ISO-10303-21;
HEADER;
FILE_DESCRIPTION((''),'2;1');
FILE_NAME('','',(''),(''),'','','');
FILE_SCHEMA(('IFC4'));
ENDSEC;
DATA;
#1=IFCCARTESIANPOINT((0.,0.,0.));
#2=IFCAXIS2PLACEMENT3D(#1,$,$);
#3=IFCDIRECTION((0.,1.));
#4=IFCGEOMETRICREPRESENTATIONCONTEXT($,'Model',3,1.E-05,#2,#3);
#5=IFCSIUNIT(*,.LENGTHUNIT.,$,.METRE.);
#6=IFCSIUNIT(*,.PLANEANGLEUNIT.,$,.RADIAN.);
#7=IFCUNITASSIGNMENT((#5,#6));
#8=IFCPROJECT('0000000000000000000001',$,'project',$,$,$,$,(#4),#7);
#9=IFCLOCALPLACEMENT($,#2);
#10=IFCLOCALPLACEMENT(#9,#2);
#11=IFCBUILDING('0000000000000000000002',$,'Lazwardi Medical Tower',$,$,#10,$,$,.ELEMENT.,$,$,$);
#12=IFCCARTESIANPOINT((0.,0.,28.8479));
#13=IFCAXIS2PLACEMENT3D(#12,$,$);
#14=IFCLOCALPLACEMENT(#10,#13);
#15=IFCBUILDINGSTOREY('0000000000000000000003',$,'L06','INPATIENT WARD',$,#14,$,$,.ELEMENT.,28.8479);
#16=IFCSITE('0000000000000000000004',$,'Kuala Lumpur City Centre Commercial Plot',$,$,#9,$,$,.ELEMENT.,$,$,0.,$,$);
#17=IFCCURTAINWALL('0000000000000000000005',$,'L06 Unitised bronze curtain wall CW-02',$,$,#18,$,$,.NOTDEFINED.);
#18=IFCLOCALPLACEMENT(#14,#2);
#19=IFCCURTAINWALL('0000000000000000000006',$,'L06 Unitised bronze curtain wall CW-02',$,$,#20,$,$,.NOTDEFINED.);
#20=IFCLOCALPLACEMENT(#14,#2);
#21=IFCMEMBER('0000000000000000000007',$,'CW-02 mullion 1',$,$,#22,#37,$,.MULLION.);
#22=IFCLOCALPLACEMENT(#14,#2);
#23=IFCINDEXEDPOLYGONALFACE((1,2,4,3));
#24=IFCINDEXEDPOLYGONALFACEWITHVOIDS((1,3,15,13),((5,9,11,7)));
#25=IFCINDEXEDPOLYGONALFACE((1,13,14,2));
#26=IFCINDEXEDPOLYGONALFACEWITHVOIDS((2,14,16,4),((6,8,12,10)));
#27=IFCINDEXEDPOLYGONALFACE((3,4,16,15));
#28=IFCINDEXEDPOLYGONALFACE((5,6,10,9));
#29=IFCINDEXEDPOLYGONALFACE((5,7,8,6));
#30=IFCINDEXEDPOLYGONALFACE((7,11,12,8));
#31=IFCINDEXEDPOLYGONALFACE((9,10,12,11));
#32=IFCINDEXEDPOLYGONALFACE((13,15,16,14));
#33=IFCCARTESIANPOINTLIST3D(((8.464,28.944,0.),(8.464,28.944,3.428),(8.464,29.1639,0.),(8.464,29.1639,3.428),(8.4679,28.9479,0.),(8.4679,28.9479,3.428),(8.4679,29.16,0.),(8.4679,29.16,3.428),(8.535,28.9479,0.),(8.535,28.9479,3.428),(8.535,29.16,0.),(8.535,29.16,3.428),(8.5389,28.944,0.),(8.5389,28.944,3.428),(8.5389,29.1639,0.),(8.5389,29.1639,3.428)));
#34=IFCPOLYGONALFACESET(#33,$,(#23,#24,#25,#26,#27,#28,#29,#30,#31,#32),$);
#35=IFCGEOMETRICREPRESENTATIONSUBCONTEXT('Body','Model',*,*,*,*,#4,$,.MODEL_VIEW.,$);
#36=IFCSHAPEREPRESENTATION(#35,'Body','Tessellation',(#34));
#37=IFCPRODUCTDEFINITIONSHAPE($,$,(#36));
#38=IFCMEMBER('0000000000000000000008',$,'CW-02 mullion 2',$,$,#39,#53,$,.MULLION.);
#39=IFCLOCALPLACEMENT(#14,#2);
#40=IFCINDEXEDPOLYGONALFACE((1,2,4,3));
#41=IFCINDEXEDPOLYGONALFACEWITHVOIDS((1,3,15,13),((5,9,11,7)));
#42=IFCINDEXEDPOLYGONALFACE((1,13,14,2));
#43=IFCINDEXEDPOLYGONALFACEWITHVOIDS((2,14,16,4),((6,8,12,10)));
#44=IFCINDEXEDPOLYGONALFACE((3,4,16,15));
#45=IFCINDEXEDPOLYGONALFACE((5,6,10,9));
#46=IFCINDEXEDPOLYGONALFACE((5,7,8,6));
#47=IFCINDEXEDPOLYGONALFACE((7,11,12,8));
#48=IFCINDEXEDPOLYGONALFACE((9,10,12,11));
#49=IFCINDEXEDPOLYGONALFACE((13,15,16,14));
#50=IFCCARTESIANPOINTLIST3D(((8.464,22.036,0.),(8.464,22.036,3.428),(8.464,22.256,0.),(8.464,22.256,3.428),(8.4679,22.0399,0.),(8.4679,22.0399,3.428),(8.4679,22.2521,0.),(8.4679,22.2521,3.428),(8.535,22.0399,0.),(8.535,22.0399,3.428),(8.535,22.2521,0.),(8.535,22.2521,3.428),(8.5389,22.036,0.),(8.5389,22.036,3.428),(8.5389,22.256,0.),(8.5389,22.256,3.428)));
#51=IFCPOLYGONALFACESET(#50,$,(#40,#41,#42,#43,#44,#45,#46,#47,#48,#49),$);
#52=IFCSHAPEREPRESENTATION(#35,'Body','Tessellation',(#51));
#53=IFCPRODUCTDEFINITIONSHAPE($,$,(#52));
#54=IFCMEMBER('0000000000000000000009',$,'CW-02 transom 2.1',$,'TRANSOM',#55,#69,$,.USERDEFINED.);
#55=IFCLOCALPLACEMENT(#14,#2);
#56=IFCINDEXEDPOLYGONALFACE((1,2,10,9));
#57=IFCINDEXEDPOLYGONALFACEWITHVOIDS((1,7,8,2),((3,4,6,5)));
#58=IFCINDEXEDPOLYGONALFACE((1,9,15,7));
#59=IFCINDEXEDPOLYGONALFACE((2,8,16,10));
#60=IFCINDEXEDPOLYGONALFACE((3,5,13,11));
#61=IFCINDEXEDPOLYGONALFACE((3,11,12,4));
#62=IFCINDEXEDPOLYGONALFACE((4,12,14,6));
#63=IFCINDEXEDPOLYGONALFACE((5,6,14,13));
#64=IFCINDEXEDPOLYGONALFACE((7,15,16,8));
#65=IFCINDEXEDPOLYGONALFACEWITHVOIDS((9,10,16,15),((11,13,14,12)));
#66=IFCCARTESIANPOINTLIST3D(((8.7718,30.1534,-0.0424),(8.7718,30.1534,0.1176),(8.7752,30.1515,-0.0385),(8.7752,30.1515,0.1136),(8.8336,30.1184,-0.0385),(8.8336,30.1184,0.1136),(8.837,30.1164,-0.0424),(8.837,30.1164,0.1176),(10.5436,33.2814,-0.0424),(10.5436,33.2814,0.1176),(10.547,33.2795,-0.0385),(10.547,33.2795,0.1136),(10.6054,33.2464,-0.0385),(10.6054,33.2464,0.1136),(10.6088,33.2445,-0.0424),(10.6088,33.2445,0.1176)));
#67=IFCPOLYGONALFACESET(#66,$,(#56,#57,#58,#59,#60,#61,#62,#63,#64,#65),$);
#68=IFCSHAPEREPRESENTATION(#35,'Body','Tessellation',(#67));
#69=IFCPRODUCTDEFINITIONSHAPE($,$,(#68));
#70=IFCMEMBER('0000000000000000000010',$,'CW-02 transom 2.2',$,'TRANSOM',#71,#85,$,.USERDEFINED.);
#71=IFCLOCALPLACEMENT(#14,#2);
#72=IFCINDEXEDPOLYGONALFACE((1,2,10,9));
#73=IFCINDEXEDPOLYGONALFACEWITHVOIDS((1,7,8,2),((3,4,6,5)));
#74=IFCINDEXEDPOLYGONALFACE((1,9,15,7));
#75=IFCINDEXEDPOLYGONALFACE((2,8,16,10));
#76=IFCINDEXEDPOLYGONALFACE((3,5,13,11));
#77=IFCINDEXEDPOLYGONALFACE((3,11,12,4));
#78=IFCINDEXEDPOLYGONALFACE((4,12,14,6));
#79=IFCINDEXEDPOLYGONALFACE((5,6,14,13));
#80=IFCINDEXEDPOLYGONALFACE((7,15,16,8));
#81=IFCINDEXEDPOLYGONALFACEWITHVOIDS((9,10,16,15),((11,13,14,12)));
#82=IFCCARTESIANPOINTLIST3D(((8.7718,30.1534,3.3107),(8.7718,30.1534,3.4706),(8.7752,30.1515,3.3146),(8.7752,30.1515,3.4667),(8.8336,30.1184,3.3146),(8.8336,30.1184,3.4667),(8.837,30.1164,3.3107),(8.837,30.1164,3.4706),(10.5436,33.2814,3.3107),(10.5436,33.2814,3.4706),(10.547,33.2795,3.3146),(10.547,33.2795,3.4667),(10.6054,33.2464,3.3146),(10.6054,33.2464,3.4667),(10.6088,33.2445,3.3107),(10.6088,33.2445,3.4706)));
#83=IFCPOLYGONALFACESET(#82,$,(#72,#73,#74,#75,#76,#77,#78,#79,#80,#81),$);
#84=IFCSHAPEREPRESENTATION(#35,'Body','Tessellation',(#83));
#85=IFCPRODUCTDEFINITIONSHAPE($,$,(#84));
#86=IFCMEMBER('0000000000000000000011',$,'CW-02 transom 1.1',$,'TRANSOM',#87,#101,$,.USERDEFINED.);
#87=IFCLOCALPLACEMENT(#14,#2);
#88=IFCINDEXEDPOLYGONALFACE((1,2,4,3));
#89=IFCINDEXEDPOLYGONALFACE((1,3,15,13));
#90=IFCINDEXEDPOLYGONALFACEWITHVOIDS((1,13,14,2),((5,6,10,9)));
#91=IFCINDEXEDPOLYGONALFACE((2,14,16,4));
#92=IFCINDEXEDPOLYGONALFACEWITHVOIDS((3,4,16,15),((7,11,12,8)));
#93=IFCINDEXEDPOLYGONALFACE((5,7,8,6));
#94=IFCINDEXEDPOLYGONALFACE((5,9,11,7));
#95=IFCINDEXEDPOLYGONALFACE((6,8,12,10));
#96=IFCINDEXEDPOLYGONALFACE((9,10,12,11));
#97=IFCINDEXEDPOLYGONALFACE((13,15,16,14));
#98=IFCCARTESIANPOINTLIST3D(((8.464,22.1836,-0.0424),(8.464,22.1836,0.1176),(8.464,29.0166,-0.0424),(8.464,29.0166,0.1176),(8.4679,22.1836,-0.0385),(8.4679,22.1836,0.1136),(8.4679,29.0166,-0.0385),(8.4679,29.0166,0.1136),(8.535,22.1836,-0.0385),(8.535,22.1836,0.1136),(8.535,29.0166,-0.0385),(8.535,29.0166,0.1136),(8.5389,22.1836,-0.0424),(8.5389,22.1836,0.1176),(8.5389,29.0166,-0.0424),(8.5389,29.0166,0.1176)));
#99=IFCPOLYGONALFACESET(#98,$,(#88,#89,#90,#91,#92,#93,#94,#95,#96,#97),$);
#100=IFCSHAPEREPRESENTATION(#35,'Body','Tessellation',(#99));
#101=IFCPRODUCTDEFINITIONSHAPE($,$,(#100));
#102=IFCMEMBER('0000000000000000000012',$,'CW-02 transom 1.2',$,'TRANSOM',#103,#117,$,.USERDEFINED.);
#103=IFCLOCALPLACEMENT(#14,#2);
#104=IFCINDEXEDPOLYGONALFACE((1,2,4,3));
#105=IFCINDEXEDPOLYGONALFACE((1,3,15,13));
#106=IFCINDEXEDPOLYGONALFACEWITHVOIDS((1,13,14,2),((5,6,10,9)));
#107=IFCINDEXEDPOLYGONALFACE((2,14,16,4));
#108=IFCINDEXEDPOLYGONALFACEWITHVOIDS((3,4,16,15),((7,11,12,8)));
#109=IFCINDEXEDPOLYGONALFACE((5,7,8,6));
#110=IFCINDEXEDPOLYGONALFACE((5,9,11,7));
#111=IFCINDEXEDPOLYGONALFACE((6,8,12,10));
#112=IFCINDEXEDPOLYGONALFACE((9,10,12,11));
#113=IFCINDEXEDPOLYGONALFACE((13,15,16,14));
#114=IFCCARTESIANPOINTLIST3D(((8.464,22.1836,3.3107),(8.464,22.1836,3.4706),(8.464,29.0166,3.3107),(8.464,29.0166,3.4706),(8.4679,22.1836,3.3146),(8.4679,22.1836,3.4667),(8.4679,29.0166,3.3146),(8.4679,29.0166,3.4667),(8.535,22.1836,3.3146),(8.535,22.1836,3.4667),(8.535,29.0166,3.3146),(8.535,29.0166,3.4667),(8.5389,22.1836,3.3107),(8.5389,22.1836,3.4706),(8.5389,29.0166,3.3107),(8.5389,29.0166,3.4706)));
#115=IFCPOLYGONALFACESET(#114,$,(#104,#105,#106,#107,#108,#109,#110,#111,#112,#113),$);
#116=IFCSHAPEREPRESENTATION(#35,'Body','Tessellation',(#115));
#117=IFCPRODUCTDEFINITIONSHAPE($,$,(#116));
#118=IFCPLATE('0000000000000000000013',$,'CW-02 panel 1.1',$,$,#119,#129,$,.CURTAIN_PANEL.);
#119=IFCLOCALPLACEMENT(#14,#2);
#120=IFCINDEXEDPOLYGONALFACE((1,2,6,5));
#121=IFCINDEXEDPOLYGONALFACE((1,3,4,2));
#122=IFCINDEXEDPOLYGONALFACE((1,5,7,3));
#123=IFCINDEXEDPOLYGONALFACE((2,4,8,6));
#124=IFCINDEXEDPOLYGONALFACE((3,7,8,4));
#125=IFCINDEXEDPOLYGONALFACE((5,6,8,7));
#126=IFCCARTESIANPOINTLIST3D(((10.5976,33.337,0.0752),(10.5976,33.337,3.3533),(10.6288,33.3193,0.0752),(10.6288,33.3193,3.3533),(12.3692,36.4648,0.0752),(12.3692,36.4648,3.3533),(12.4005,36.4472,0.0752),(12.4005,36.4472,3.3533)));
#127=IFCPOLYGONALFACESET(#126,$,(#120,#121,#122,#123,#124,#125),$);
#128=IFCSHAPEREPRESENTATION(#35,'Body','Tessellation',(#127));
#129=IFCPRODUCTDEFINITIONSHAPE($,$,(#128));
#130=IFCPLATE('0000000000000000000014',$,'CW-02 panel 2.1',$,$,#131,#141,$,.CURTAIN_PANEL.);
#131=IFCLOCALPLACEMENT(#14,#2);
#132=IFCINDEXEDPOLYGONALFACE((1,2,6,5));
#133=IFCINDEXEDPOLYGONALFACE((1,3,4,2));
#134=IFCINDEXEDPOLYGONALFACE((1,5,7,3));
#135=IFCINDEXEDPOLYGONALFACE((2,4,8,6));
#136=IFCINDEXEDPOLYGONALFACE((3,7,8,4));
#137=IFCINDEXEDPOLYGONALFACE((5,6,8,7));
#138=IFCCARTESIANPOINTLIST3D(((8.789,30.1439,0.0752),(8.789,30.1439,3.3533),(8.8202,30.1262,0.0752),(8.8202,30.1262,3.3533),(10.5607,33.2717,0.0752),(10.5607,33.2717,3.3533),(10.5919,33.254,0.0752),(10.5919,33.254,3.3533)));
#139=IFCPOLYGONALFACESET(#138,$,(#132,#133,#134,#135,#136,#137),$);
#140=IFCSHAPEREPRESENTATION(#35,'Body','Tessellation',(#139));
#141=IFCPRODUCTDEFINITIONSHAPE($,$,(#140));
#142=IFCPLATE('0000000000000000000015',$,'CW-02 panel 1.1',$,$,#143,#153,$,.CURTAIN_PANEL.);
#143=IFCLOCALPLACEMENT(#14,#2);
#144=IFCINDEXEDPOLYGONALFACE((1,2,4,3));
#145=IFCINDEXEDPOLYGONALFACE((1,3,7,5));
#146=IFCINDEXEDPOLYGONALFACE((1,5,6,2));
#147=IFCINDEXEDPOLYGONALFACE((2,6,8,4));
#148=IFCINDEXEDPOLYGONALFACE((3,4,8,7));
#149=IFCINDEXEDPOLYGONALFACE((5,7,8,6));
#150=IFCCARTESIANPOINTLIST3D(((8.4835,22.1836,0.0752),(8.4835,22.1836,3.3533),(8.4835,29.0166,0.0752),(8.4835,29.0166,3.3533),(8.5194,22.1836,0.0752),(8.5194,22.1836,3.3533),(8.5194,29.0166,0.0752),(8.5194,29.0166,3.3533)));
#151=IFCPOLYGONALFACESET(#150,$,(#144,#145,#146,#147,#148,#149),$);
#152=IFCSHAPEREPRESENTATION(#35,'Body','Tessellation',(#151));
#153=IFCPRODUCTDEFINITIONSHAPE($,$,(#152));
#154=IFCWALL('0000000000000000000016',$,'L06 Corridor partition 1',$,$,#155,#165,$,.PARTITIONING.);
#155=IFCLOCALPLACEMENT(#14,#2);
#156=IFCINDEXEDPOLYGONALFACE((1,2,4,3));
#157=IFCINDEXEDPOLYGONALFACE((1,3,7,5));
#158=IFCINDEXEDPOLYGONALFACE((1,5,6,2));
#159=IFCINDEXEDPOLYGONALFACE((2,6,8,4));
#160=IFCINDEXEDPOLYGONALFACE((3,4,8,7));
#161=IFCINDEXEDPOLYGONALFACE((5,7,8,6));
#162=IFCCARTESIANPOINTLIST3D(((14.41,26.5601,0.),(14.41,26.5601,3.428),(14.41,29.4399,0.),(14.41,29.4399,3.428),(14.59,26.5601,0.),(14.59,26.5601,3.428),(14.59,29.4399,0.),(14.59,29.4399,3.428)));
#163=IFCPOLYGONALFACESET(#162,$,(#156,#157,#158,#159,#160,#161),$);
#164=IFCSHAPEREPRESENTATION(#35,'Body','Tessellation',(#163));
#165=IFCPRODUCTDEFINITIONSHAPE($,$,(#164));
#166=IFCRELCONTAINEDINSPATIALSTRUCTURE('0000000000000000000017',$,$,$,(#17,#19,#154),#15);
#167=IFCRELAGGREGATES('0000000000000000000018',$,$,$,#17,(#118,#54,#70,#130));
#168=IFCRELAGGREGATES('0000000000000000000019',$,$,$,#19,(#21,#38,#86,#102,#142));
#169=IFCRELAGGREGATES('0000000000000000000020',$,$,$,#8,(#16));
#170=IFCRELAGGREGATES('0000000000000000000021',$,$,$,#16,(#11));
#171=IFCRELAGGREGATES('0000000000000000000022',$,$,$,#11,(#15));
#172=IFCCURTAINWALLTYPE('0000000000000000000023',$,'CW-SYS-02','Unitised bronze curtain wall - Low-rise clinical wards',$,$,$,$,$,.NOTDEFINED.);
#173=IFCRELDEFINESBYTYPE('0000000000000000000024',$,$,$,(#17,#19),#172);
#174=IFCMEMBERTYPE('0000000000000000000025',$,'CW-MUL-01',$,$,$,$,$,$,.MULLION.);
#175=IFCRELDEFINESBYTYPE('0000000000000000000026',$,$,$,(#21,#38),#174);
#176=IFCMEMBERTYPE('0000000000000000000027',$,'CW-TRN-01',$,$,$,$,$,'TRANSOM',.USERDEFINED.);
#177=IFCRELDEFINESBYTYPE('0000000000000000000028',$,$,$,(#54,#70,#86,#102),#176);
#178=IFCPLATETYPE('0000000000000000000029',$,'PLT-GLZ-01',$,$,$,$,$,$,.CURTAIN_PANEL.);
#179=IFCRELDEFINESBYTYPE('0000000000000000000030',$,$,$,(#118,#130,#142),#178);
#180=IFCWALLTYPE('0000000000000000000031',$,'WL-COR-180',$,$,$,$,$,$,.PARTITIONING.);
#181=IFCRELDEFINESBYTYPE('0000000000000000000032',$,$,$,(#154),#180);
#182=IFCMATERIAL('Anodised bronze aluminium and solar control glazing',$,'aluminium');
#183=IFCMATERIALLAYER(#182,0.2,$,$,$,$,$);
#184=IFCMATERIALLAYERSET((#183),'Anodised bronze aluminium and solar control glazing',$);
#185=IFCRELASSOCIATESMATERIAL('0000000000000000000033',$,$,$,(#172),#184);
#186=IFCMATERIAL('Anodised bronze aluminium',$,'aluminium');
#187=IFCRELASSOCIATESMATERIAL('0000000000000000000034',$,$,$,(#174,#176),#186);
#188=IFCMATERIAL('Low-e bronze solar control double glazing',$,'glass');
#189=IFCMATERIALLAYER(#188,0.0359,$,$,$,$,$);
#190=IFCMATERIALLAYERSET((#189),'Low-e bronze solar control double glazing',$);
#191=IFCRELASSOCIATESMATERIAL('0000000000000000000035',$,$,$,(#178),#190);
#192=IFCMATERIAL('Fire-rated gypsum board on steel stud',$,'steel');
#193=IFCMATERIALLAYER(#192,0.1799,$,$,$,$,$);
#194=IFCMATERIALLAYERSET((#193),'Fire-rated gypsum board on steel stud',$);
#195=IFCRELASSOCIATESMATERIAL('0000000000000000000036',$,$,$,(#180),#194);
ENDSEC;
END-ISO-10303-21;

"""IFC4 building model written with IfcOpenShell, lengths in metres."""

from ifc_helpers import new_model, si_unit, direction, frame, frame_2d, origin, origin_2d, place, context, subcontext, project, spatial, rectangle, hollow_rectangle, extrude, material, layer, layer_set, material_profile, profile_set, type_object, element, aggregate, save


model = new_model("IFC4")

# Units and contexts
model_context = context("Model", 3, precision=1e-05, world=origin(), true_north=direction((0.0, 1.0)))
body_context = subcontext(model_context, "Body", "Model", "MODEL_VIEW")
ifc_project = project(units=[si_unit("LENGTHUNIT", "METRE"), si_unit("PLANEANGLEUNIT", "RADIAN")], contexts=[model_context])

# Site, building, storey
site_placement = place(None, origin())
site = spatial("IfcSite", under=ifc_project, at=site_placement, Name="Kuala Lumpur City Centre Commercial Plot", CompositionType="ELEMENT", RefElevation=0.0)
building_placement = place(site_placement, origin())
building = spatial("IfcBuilding", under=site, at=building_placement, Name="Lazwardi Medical Tower", CompositionType="ELEMENT")
storey_placement = place(building_placement, frame((0.0, 0.0, 28.8479)))
storey = spatial("IfcBuildingStorey", under=building, at=storey_placement, Name="L06", Description="INPATIENT WARD", CompositionType="ELEMENT", Elevation=28.8479)

# Curtain walls, members
ifc_material_1 = material(Name="Anodised bronze aluminium and solar control glazing", Category="aluminium")
ifc_layer_1 = layer(ifc_material_1, 0.2)
ifc_layer_set_1 = layer_set([ifc_layer_1], Name="Anodised bronze aluminium and solar control glazing")
curtain_wall_type = type_object("IfcCurtainWallType", Name="CW-SYS-02", Description="Unitised bronze curtain wall - Low-rise clinical wards", PredefinedType="NOTDEFINED", material=ifc_layer_set_1)
curtain_wall_1_placement = place(storey_placement, origin())
curtain_wall_1 = element("IfcCurtainWall", 1, at=curtain_wall_1_placement, inside=storey, type_object=curtain_wall_type, Name="L06 Unitised bronze curtain wall CW-02", PredefinedType="NOTDEFINED")
ifc_material_2 = material(Name="Anodised bronze aluminium", Category="aluminium")
ifc_material_profile_1 = material_profile(ifc_material_2, hollow_rectangle(XDim=0.075, YDim=0.22, WallThickness=0.0039, at=origin_2d()), Name="ALU-MULLION 220x75x4")
ifc_profile_set_1 = profile_set([ifc_material_profile_1], Name="Anodised bronze aluminium")
member_type_1 = type_object("IfcMemberType", Name="CW-MUL-01", PredefinedType="MULLION", material=ifc_profile_set_1)
curtain_wall_2_placement = place(storey_placement, origin())
curtain_wall_2 = element("IfcCurtainWall", 2, at=curtain_wall_2_placement, inside=storey, type_object=curtain_wall_type, Name="L06 Unitised bronze curtain wall CW-02", PredefinedType="NOTDEFINED")
member_1_placement = place(storey_placement, frame((8.5015, 29.054, 0.0), z_axis=(0.0, 0.0, 1.0), x_axis=(1.0, 0.0, 0.0)))
member_1 = element("IfcMember", 3, at=member_1_placement, type_object=member_type_1, Name="CW-02 mullion 1", PredefinedType="MULLION", context=body_context, shape_type="SweptSolid", body=[
    extrude(hollow_rectangle(XDim=0.075, YDim=0.22, WallThickness=0.0039, at=origin_2d()), origin(), (0.0, 0.0, 1.0), 3.428),
])
member_2_placement = place(storey_placement, frame((8.5015, 22.146, 0.0), z_axis=(0.0, 0.0, 1.0), x_axis=(1.0, 0.0, 0.0)))
member_2 = element("IfcMember", 4, at=member_2_placement, type_object=member_type_1, Name="CW-02 mullion 2", PredefinedType="MULLION", context=body_context, shape_type="SweptSolid", body=[
    extrude(hollow_rectangle(XDim=0.075, YDim=0.22, WallThickness=0.0039, at=origin_2d()), origin(), (0.0, 0.0, 1.0), 3.428),
])

# Members
ifc_material_profile_2 = material_profile(ifc_material_2, hollow_rectangle(XDim=0.075, YDim=0.1599, WallThickness=0.0039, at=origin_2d()), Name="ALU-TRANSOM 160x75x4")
ifc_profile_set_2 = profile_set([ifc_material_profile_2], Name="Anodised bronze aluminium")
member_type_2 = type_object("IfcMemberType", Name="CW-TRN-01", ElementType="TRANSOM", PredefinedType="USERDEFINED", material=ifc_profile_set_2)
member_3_placement = place(storey_placement, frame((10.5762, 33.2629, 0.0376), z_axis=(-0.492851, -0.870113, 0.0), x_axis=(0.870113, -0.492851, 0.0)))
member_3 = element("IfcMember", 5, at=member_3_placement, type_object=member_type_2, Name="CW-02 transom 2.1", ObjectType="TRANSOM", PredefinedType="USERDEFINED", context=body_context, shape_type="SweptSolid", body=[
    extrude(hollow_rectangle(XDim=0.075, YDim=0.1599, WallThickness=0.0039, at=origin_2d()), origin(), (0.0, 0.0, 1.0), 3.595),
])
member_4_placement = place(storey_placement, frame((10.5762, 33.2629, 3.3906), z_axis=(-0.492851, -0.870113, 0.0), x_axis=(0.870113, -0.492851, 0.0)))
member_4 = element("IfcMember", 6, at=member_4_placement, type_object=member_type_2, Name="CW-02 transom 2.2", ObjectType="TRANSOM", PredefinedType="USERDEFINED", context=body_context, shape_type="SweptSolid", body=[
    extrude(hollow_rectangle(XDim=0.075, YDim=0.1599, WallThickness=0.0039, at=origin_2d()), origin(), (0.0, 0.0, 1.0), 3.595),
])
member_5_placement = place(storey_placement, frame((8.5015, 29.0166, 0.0376), z_axis=(0.0, -1.0, 0.0), x_axis=(1.0, 0.0, 0.0)))
member_5 = element("IfcMember", 7, at=member_5_placement, type_object=member_type_2, Name="CW-02 transom 1.1", ObjectType="TRANSOM", PredefinedType="USERDEFINED", context=body_context, shape_type="SweptSolid", body=[
    extrude(hollow_rectangle(XDim=0.075, YDim=0.1599, WallThickness=0.0039, at=origin_2d()), origin(), (0.0, 0.0, 1.0), 6.833),
])
member_6_placement = place(storey_placement, frame((8.5015, 29.0166, 3.3906), z_axis=(0.0, -1.0, 0.0), x_axis=(1.0, 0.0, 0.0)))
member_6 = element("IfcMember", 8, at=member_6_placement, type_object=member_type_2, Name="CW-02 transom 1.2", ObjectType="TRANSOM", PredefinedType="USERDEFINED", context=body_context, shape_type="SweptSolid", body=[
    extrude(hollow_rectangle(XDim=0.075, YDim=0.1599, WallThickness=0.0039, at=origin_2d()), origin(), (0.0, 0.0, 1.0), 6.833),
])

# Plates
ifc_material_3 = material(Name="Low-e bronze solar control double glazing", Category="glass")
ifc_layer_2 = layer(ifc_material_3, 0.0359)
ifc_layer_set_2 = layer_set([ifc_layer_2], Name="Low-e bronze solar control double glazing")
plate_type = type_object("IfcPlateType", Name="PLT-GLZ-01", PredefinedType="CURTAIN_PANEL", material=ifc_layer_set_2)
plate_1_placement = place(storey_placement, frame((11.499, 34.8921, 0.0752), z_axis=(0.0, 0.0, 1.0), x_axis=(-0.492854, -0.870112, 0.0)))
plate_1 = element("IfcPlate", 9, at=plate_1_placement, type_object=plate_type, Name="CW-02 panel 1.1", PredefinedType="CURTAIN_PANEL", context=body_context, shape_type="SweptSolid", body=[
    extrude(rectangle(XDim=3.5947, YDim=0.0359, at=origin_2d()), origin(), (0.0, 0.0, 1.0), 3.2781),
])
plate_2_placement = place(storey_placement, frame((9.6904, 31.699, 0.0752), z_axis=(0.0, 0.0, 1.0), x_axis=(-0.492854, -0.870112, 0.0)))
plate_2 = element("IfcPlate", 10, at=plate_2_placement, type_object=plate_type, Name="CW-02 panel 2.1", PredefinedType="CURTAIN_PANEL", context=body_context, shape_type="SweptSolid", body=[
    extrude(rectangle(XDim=3.5947, YDim=0.0359, at=origin_2d()), origin(), (0.0, 0.0, 1.0), 3.2781),
])
aggregate(curtain_wall_1, [plate_1, member_3, member_4, plate_2])
plate_3_placement = place(storey_placement, frame((8.5015, 25.6001, 0.0752), z_axis=(0.0, 0.0, 1.0), x_axis=(0.0, -1.0, 0.0)))
plate_3 = element("IfcPlate", 11, at=plate_3_placement, type_object=plate_type, Name="CW-02 panel 1.1", PredefinedType="CURTAIN_PANEL", context=body_context, shape_type="SweptSolid", body=[
    extrude(rectangle(XDim=6.833, YDim=0.0359, at=origin_2d()), origin(), (0.0, 0.0, 1.0), 3.2781),
])
aggregate(curtain_wall_2, [member_1, member_2, member_5, member_6, plate_3])

# Wall
ifc_material_4 = material(Name="Fire-rated gypsum board on steel stud", Category="steel")
ifc_layer_3 = layer(ifc_material_4, 0.1799)
ifc_layer_set_3 = layer_set([ifc_layer_3], Name="Fire-rated gypsum board on steel stud")
wall_type_1 = type_object("IfcWallType", Name="WL-COR-180", PredefinedType="PARTITIONING", material=ifc_layer_set_3)
wall_1_placement = place(storey_placement, frame((14.5, 26.5601, 0.0), z_axis=(0.0, 0.0, 1.0), x_axis=(0.0, 1.0, 0.0)))
element("IfcWall", 12, at=wall_1_placement, inside=storey, type_object=wall_type_1, Name="L06 Corridor partition 1", PredefinedType="PARTITIONING", context=body_context, shape_type="SweptSolid", body=[
    extrude(rectangle(XDim=2.8799, YDim=0.1799, at=frame_2d((1.4399, 0.0))), origin(), (0.0, 0.0, 1.0), 3.428),
])

save(model, "model.ifc")
